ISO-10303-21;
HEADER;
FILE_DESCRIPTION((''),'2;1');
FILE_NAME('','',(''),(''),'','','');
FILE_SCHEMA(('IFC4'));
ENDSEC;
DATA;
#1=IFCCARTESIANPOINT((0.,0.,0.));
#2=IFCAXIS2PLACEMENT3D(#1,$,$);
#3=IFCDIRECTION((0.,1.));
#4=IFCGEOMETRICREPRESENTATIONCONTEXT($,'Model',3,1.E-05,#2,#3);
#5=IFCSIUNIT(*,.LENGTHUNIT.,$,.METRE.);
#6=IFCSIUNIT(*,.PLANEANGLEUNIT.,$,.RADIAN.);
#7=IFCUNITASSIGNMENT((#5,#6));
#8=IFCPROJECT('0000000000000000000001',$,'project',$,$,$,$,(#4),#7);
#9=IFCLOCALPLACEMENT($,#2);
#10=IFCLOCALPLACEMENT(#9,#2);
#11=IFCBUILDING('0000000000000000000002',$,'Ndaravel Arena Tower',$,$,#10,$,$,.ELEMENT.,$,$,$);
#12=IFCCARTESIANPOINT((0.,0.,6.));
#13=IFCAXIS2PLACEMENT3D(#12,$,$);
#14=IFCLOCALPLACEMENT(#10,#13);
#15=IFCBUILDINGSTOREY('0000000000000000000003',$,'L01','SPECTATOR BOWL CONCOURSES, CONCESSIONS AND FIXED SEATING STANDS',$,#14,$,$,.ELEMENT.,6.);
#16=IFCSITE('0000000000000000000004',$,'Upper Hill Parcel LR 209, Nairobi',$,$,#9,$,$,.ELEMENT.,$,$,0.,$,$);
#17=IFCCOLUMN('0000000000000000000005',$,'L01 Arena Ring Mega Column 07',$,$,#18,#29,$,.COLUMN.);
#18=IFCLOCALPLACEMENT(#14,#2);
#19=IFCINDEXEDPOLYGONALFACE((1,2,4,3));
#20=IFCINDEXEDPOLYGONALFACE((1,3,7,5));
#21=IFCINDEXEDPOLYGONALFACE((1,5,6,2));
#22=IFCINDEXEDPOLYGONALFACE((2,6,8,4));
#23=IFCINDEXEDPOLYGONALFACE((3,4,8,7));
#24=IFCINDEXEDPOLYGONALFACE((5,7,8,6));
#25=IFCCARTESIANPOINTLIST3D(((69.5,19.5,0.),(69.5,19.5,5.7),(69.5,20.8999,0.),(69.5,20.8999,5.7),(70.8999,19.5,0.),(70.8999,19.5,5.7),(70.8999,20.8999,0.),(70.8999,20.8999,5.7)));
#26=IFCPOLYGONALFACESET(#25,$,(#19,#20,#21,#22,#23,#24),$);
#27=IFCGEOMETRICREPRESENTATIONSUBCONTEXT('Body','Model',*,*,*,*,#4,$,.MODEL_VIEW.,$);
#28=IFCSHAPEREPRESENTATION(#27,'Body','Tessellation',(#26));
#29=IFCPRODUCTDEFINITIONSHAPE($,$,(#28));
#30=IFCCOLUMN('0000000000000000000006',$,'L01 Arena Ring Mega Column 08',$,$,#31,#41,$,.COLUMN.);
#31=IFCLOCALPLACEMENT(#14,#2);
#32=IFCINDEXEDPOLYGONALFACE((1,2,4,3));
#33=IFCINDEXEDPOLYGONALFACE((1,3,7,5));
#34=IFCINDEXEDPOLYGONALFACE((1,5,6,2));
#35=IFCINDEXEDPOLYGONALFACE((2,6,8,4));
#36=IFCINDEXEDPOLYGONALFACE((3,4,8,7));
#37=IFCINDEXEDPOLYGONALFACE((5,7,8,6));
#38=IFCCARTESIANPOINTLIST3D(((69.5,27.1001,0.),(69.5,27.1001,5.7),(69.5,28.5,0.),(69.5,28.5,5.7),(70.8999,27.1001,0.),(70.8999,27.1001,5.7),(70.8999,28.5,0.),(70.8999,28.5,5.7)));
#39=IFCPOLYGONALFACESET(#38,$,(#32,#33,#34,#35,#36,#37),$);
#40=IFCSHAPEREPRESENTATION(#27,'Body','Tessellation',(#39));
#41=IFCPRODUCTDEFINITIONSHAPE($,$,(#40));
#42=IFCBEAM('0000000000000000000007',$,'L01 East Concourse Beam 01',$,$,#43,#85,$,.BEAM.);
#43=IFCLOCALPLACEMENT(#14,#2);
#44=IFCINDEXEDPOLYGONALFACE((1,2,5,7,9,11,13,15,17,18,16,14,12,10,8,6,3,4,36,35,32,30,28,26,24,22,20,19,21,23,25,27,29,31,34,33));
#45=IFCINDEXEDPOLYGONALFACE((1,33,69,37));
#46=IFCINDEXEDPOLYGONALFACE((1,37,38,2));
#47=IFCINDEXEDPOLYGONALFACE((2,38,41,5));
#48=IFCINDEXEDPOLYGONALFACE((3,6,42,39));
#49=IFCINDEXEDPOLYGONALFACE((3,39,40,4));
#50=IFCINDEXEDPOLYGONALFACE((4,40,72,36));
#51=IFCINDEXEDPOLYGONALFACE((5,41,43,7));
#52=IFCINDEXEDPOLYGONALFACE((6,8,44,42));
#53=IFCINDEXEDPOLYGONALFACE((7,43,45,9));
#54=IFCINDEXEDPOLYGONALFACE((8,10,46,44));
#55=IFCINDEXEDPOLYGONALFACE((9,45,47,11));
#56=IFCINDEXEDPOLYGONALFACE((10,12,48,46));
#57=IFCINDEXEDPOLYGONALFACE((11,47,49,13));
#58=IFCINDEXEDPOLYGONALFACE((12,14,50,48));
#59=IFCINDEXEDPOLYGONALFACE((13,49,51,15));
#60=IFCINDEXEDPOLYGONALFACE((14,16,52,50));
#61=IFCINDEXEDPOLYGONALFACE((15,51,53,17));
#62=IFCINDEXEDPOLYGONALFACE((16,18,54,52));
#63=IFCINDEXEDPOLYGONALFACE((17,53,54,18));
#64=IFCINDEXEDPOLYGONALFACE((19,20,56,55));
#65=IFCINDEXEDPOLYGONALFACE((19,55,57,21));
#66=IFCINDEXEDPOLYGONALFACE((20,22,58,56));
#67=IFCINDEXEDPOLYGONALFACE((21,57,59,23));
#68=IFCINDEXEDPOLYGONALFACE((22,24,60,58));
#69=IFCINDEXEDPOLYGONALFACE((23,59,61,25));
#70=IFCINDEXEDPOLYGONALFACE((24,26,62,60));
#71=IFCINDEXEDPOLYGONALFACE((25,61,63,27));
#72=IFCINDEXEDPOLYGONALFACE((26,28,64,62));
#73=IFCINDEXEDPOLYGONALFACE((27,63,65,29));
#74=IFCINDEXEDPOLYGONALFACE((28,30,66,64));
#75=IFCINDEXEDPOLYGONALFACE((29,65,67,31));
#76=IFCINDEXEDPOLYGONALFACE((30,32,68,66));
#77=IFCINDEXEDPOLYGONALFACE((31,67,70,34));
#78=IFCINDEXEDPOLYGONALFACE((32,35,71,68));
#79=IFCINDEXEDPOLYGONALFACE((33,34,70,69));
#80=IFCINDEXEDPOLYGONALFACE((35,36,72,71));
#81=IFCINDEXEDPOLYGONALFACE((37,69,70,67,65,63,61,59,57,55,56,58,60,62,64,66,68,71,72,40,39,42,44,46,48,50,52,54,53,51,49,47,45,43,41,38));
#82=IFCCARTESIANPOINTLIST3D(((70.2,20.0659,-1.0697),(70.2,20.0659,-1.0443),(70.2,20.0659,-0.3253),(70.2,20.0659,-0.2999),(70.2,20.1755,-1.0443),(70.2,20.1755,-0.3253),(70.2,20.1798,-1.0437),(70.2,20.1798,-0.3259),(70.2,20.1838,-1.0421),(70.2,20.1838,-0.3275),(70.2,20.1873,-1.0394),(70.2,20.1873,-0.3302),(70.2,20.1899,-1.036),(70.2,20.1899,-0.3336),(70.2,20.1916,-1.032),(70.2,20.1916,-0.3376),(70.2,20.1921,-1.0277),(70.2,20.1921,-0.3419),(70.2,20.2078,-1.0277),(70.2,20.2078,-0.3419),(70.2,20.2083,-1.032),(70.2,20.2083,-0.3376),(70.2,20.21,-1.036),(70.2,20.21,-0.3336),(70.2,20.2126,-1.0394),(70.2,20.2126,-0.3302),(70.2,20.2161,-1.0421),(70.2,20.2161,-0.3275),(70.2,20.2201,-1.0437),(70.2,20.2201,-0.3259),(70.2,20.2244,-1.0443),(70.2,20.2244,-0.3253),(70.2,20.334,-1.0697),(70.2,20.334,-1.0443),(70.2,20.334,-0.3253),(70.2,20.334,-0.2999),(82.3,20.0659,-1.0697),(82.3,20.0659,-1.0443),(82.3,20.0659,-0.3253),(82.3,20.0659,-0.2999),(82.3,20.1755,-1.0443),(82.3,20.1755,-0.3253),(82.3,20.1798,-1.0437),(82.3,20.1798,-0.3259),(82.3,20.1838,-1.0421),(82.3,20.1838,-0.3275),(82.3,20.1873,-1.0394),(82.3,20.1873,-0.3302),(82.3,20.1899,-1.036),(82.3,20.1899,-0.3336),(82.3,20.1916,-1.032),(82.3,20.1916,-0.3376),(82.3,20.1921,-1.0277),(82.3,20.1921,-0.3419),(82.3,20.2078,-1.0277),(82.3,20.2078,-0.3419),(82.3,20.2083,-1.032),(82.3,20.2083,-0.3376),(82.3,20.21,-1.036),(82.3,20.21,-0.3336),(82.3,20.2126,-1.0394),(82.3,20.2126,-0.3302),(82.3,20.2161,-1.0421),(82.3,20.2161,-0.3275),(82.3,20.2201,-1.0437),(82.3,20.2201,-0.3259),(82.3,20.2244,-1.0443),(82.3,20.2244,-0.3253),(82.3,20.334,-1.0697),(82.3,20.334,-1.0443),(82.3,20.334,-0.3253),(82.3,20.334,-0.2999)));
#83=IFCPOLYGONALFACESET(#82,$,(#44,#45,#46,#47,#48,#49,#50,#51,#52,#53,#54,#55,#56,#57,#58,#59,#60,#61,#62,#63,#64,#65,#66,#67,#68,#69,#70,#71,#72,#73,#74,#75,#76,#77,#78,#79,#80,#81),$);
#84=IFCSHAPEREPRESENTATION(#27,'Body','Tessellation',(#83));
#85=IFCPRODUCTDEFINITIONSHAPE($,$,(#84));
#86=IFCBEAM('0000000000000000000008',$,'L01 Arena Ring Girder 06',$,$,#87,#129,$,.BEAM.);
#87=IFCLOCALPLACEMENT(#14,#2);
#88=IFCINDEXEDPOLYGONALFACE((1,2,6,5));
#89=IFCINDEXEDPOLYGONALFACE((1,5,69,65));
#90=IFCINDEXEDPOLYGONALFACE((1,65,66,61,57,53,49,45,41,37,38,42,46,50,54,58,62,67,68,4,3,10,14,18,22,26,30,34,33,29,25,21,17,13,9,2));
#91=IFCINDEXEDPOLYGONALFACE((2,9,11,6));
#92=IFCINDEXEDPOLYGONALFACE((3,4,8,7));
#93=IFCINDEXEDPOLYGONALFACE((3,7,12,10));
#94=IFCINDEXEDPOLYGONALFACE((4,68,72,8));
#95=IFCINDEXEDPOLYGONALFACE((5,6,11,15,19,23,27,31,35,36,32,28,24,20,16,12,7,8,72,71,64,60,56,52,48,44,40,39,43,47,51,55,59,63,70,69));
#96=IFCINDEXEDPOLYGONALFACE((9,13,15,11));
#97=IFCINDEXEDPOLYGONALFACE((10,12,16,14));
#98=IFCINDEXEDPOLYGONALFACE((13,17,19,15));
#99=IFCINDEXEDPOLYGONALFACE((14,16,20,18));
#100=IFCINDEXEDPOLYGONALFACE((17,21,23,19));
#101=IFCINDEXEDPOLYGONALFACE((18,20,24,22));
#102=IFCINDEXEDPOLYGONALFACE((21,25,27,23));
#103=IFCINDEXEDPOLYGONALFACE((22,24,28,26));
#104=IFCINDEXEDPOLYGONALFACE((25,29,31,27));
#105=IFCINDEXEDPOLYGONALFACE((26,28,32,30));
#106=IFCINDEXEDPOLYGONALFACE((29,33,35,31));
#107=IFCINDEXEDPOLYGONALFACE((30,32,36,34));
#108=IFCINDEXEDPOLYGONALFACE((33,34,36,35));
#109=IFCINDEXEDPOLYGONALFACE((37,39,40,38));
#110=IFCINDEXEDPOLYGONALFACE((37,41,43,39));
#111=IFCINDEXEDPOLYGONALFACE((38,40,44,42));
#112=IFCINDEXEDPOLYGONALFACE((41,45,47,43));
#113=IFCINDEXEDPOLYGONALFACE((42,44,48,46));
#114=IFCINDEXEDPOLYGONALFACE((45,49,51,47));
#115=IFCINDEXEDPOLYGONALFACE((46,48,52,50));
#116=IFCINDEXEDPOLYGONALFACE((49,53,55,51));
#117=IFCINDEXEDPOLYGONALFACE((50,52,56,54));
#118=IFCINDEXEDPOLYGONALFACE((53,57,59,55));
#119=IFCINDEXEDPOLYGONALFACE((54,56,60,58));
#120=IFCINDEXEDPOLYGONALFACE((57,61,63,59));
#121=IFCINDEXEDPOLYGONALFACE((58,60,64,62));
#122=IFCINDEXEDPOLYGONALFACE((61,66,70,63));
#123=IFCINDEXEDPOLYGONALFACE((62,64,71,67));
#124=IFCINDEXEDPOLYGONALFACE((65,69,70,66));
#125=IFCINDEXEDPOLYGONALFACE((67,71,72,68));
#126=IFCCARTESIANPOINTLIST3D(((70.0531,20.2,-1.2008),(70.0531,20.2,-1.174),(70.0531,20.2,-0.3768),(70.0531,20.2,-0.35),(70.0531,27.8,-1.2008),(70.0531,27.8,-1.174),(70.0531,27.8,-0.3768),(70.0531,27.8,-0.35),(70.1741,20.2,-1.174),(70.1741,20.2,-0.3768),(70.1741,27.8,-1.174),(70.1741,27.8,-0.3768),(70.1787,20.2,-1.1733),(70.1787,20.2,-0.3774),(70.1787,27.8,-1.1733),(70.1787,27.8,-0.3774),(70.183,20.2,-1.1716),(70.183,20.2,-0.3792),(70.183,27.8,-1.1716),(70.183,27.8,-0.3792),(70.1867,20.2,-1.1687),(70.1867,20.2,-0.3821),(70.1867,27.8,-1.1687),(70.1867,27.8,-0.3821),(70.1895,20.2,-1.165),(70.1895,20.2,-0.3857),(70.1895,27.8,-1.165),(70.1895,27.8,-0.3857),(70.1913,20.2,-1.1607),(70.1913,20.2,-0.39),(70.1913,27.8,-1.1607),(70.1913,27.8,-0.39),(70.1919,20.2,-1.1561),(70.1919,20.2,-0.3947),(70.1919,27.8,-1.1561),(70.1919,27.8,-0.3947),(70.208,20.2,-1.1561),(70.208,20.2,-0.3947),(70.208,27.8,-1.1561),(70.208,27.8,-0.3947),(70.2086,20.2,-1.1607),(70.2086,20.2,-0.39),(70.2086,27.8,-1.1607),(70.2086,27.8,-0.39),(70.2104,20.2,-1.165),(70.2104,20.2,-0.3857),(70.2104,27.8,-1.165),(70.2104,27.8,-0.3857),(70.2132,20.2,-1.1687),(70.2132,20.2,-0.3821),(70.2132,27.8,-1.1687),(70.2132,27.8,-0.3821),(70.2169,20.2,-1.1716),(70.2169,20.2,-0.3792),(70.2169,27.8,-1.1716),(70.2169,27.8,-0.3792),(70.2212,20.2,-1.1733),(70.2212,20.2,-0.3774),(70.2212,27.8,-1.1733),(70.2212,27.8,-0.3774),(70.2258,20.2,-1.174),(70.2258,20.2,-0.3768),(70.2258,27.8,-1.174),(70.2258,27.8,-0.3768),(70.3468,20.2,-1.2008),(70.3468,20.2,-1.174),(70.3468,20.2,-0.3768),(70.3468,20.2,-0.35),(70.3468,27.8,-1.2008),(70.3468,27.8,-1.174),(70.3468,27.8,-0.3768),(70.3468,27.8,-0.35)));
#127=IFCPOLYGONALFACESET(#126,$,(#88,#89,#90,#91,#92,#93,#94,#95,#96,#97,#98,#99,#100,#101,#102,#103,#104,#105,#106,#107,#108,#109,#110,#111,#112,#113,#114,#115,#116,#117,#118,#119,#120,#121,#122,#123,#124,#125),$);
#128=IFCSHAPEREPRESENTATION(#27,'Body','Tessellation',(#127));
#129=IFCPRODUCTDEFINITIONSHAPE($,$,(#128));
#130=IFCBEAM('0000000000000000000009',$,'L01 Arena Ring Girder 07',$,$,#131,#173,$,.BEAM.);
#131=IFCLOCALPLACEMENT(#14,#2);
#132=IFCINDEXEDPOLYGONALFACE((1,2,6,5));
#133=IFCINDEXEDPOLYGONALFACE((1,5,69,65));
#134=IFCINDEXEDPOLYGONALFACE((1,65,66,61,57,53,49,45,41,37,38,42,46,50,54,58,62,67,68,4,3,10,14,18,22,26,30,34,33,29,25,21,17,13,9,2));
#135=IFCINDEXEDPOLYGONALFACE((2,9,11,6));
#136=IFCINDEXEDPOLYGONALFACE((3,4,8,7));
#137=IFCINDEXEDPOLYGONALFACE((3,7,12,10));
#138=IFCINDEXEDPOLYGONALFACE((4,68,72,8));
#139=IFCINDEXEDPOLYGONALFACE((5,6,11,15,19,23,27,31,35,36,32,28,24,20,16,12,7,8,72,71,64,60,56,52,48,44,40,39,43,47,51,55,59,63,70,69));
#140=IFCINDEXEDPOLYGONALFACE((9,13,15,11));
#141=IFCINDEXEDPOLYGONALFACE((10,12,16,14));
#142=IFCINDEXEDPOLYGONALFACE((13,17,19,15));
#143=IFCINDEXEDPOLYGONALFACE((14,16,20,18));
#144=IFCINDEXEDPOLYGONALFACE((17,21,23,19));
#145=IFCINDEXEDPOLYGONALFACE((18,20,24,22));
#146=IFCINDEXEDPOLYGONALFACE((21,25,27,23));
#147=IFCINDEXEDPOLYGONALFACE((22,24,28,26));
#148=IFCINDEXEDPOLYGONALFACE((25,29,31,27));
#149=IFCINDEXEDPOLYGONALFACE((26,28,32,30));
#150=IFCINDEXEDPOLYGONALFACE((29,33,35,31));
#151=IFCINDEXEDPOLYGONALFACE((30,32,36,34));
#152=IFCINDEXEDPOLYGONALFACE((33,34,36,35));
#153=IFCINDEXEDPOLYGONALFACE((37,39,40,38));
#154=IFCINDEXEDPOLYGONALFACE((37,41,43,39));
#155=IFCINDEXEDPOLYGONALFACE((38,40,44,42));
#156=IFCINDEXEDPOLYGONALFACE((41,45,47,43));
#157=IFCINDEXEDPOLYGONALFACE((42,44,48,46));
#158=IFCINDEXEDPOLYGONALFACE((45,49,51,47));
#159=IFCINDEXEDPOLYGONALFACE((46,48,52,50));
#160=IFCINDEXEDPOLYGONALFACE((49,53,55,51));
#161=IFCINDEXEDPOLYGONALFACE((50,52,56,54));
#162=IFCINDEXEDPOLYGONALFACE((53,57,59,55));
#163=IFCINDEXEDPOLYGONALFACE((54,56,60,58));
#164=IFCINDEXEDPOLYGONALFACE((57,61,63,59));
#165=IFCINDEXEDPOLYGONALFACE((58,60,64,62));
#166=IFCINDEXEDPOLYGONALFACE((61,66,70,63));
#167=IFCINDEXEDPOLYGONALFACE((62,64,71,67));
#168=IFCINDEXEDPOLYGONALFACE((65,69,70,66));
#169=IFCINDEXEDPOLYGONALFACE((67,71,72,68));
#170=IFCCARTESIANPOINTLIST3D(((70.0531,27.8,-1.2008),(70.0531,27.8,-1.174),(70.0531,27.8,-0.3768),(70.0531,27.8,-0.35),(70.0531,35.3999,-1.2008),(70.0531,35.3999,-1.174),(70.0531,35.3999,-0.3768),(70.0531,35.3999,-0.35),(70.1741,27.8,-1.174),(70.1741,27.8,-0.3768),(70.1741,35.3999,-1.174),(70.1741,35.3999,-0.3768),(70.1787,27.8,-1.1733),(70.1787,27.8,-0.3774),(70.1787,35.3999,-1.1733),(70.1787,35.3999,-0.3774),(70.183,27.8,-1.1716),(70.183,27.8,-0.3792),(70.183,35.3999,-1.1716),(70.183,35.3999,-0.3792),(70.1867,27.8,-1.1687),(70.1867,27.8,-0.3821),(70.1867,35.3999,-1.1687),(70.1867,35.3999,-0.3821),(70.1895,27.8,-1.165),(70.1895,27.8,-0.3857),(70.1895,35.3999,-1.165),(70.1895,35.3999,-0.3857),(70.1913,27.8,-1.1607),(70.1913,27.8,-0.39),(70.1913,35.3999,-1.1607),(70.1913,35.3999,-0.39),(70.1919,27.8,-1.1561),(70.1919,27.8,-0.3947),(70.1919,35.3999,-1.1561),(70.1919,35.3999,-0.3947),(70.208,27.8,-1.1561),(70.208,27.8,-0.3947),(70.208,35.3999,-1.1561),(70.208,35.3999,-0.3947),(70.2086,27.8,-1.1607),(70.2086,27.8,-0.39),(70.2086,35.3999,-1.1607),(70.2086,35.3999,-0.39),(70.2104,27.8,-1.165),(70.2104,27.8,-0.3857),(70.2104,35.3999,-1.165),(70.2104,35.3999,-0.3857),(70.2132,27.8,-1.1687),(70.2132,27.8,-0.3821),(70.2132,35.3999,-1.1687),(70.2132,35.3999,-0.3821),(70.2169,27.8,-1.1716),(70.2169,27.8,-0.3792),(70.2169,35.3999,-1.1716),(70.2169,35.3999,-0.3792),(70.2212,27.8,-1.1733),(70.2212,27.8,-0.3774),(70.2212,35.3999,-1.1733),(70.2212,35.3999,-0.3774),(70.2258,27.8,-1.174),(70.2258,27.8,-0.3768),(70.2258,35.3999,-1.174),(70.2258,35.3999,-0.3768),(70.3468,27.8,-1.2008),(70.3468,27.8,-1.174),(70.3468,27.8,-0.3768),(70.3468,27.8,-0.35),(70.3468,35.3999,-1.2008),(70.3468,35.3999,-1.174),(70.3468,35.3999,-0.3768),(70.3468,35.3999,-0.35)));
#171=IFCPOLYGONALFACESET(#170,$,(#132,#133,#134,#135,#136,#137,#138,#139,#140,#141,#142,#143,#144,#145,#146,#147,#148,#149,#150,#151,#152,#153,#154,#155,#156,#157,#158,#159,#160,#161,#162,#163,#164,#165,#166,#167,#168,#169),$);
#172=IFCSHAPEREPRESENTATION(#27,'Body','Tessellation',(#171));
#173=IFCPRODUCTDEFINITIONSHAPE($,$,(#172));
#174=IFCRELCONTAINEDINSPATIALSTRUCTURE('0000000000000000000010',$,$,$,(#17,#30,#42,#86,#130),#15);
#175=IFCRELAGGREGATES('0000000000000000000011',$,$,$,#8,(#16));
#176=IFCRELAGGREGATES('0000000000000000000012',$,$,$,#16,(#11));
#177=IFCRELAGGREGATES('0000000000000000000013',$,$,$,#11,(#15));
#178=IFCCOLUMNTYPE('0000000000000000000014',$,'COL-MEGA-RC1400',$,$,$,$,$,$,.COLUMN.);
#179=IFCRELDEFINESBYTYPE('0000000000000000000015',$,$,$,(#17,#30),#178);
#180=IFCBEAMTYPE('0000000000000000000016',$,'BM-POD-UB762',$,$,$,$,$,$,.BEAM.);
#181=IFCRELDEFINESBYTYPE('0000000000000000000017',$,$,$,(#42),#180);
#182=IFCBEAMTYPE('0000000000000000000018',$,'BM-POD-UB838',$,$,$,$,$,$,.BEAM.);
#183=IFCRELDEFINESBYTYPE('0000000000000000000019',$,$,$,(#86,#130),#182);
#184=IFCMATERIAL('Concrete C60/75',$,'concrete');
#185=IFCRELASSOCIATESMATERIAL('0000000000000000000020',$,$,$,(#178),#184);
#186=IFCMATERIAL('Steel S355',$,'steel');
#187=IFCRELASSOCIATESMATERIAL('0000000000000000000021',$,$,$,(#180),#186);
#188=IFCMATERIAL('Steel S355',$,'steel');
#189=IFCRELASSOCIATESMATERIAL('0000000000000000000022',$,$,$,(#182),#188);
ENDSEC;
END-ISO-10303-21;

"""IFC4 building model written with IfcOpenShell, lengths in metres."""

from ifc_helpers import new_model, si_unit, direction, frame, origin, origin_2d, place, context, subcontext, project, spatial, rectangle, i_section, extrude, material, material_profile, profile_set, type_object, element, save


model = new_model("IFC4")

# Units and contexts
model_context = context("Model", 3, precision=1e-05, world=origin(), true_north=direction((0.0, 1.0)))
body_context = subcontext(model_context, "Body", "Model", "MODEL_VIEW")
ifc_project = project(units=[si_unit("LENGTHUNIT", "METRE"), si_unit("PLANEANGLEUNIT", "RADIAN")], contexts=[model_context])

# Site, building, storey
site_placement = place(None, origin())
site = spatial("IfcSite", under=ifc_project, at=site_placement, Name="Upper Hill Parcel LR 209, Nairobi", CompositionType="ELEMENT", RefElevation=0.0)
building_placement = place(site_placement, origin())
building = spatial("IfcBuilding", under=site, at=building_placement, Name="Ndaravel Arena Tower", CompositionType="ELEMENT")
storey_placement = place(building_placement, frame((0.0, 0.0, 6.0)))
storey = spatial("IfcBuildingStorey", under=building, at=storey_placement, Name="L01", Description="SPECTATOR BOWL CONCOURSES, CONCESSIONS AND FIXED SEATING STANDS", CompositionType="ELEMENT", Elevation=6.0)

# Columns
ifc_material_1 = material(Name="Concrete C60/75", Category="concrete")
ifc_material_profile_1 = material_profile(ifc_material_1, rectangle(XDim=1.3999, YDim=1.3999, at=origin_2d()), Name="RC 1400x1400")
ifc_profile_set_1 = profile_set([ifc_material_profile_1], Name="Concrete C60/75")
column_type = type_object("IfcColumnType", Name="COL-MEGA-RC1400", PredefinedType="COLUMN", material=ifc_profile_set_1)
for number, where, z_axis, x_axis, name in (
    (1, (70.2, 20.2, 0.0), (0.0, 0.0, 1.0), (1.0, 0.0, 0.0), "L01 Arena Ring Mega Column 07"),
    (2, (70.2, 27.8, 0.0), (0.0, 0.0, 1.0), (1.0, 0.0, 0.0), "L01 Arena Ring Mega Column 08"),
):
    element("IfcColumn", number, at=place(storey_placement, frame(where, z_axis=z_axis, x_axis=x_axis)), inside=storey, type_object=column_type, Name=name, PredefinedType="COLUMN", context=body_context, shape_type="SweptSolid", body=[
        extrude(rectangle(XDim=1.3999, YDim=1.3999, at=origin_2d()), origin(), (0.0, 0.0, 1.0), 5.7),
    ])

# Beams
ifc_material_2 = material(Name="Steel S355", Category="steel")
ifc_material_profile_2 = material_profile(ifc_material_2, i_section(OverallWidth=0.2681, OverallDepth=0.7698, WebThickness=0.0156, FlangeThickness=0.0254, FilletRadius=0.0166, at=origin_2d()), Name="UB 762x267x197")
ifc_profile_set_2 = profile_set([ifc_material_profile_2], Name="Steel S355")
beam_type_1 = type_object("IfcBeamType", Name="BM-POD-UB762", PredefinedType="BEAM", material=ifc_profile_set_2)
beam_1_placement = place(storey_placement, frame((70.2, 20.2, -0.6848), z_axis=(1.0, 0.0, 0.0), x_axis=(0.0, 1.0, 0.0)))
element("IfcBeam", 3, at=beam_1_placement, inside=storey, type_object=beam_type_1, Name="L01 East Concourse Beam 01", PredefinedType="BEAM", context=body_context, shape_type="SweptSolid", body=[
    extrude(i_section(OverallWidth=0.2681, OverallDepth=0.7698, WebThickness=0.0156, FlangeThickness=0.0254, FilletRadius=0.0166, at=origin_2d()), origin(), (0.0, 0.0, 1.0), 12.1001),
])
ifc_material_3 = material(Name="Steel S355", Category="steel")
ifc_material_profile_3 = material_profile(ifc_material_3, i_section(OverallWidth=0.2937, OverallDepth=0.8508, WebThickness=0.0161, FlangeThickness=0.0269, FilletRadius=0.0178, at=origin_2d()), Name="UB 838x292x226")
ifc_profile_set_3 = profile_set([ifc_material_profile_3], Name="Steel S355")
beam_type_2 = type_object("IfcBeamType", Name="BM-POD-UB838", PredefinedType="BEAM", material=ifc_profile_set_3)
beam_2_placement = place(storey_placement, frame((70.2, 20.2, -0.7754), z_axis=(0.0, 1.0, 0.0), x_axis=(-1.0, 0.0, 0.0)))
element("IfcBeam", 4, at=beam_2_placement, inside=storey, type_object=beam_type_2, Name="L01 Arena Ring Girder 06", PredefinedType="BEAM", context=body_context, shape_type="SweptSolid", body=[
    extrude(i_section(OverallWidth=0.2937, OverallDepth=0.8508, WebThickness=0.0161, FlangeThickness=0.0269, FilletRadius=0.0178, at=origin_2d()), origin(), (0.0, 0.0, 1.0), 7.6001),
])
beam_3_placement = place(storey_placement, frame((70.2, 27.8, -0.7754), z_axis=(0.0, 1.0, 0.0), x_axis=(-1.0, 0.0, 0.0)))
element("IfcBeam", 5, at=beam_3_placement, inside=storey, type_object=beam_type_2, Name="L01 Arena Ring Girder 07", PredefinedType="BEAM", context=body_context, shape_type="SweptSolid", body=[
    extrude(i_section(OverallWidth=0.2937, OverallDepth=0.8508, WebThickness=0.0161, FlangeThickness=0.0269, FilletRadius=0.0178, at=origin_2d()), origin(), (0.0, 0.0, 1.0), 7.5999),
])

save(model, "model.ifc")
